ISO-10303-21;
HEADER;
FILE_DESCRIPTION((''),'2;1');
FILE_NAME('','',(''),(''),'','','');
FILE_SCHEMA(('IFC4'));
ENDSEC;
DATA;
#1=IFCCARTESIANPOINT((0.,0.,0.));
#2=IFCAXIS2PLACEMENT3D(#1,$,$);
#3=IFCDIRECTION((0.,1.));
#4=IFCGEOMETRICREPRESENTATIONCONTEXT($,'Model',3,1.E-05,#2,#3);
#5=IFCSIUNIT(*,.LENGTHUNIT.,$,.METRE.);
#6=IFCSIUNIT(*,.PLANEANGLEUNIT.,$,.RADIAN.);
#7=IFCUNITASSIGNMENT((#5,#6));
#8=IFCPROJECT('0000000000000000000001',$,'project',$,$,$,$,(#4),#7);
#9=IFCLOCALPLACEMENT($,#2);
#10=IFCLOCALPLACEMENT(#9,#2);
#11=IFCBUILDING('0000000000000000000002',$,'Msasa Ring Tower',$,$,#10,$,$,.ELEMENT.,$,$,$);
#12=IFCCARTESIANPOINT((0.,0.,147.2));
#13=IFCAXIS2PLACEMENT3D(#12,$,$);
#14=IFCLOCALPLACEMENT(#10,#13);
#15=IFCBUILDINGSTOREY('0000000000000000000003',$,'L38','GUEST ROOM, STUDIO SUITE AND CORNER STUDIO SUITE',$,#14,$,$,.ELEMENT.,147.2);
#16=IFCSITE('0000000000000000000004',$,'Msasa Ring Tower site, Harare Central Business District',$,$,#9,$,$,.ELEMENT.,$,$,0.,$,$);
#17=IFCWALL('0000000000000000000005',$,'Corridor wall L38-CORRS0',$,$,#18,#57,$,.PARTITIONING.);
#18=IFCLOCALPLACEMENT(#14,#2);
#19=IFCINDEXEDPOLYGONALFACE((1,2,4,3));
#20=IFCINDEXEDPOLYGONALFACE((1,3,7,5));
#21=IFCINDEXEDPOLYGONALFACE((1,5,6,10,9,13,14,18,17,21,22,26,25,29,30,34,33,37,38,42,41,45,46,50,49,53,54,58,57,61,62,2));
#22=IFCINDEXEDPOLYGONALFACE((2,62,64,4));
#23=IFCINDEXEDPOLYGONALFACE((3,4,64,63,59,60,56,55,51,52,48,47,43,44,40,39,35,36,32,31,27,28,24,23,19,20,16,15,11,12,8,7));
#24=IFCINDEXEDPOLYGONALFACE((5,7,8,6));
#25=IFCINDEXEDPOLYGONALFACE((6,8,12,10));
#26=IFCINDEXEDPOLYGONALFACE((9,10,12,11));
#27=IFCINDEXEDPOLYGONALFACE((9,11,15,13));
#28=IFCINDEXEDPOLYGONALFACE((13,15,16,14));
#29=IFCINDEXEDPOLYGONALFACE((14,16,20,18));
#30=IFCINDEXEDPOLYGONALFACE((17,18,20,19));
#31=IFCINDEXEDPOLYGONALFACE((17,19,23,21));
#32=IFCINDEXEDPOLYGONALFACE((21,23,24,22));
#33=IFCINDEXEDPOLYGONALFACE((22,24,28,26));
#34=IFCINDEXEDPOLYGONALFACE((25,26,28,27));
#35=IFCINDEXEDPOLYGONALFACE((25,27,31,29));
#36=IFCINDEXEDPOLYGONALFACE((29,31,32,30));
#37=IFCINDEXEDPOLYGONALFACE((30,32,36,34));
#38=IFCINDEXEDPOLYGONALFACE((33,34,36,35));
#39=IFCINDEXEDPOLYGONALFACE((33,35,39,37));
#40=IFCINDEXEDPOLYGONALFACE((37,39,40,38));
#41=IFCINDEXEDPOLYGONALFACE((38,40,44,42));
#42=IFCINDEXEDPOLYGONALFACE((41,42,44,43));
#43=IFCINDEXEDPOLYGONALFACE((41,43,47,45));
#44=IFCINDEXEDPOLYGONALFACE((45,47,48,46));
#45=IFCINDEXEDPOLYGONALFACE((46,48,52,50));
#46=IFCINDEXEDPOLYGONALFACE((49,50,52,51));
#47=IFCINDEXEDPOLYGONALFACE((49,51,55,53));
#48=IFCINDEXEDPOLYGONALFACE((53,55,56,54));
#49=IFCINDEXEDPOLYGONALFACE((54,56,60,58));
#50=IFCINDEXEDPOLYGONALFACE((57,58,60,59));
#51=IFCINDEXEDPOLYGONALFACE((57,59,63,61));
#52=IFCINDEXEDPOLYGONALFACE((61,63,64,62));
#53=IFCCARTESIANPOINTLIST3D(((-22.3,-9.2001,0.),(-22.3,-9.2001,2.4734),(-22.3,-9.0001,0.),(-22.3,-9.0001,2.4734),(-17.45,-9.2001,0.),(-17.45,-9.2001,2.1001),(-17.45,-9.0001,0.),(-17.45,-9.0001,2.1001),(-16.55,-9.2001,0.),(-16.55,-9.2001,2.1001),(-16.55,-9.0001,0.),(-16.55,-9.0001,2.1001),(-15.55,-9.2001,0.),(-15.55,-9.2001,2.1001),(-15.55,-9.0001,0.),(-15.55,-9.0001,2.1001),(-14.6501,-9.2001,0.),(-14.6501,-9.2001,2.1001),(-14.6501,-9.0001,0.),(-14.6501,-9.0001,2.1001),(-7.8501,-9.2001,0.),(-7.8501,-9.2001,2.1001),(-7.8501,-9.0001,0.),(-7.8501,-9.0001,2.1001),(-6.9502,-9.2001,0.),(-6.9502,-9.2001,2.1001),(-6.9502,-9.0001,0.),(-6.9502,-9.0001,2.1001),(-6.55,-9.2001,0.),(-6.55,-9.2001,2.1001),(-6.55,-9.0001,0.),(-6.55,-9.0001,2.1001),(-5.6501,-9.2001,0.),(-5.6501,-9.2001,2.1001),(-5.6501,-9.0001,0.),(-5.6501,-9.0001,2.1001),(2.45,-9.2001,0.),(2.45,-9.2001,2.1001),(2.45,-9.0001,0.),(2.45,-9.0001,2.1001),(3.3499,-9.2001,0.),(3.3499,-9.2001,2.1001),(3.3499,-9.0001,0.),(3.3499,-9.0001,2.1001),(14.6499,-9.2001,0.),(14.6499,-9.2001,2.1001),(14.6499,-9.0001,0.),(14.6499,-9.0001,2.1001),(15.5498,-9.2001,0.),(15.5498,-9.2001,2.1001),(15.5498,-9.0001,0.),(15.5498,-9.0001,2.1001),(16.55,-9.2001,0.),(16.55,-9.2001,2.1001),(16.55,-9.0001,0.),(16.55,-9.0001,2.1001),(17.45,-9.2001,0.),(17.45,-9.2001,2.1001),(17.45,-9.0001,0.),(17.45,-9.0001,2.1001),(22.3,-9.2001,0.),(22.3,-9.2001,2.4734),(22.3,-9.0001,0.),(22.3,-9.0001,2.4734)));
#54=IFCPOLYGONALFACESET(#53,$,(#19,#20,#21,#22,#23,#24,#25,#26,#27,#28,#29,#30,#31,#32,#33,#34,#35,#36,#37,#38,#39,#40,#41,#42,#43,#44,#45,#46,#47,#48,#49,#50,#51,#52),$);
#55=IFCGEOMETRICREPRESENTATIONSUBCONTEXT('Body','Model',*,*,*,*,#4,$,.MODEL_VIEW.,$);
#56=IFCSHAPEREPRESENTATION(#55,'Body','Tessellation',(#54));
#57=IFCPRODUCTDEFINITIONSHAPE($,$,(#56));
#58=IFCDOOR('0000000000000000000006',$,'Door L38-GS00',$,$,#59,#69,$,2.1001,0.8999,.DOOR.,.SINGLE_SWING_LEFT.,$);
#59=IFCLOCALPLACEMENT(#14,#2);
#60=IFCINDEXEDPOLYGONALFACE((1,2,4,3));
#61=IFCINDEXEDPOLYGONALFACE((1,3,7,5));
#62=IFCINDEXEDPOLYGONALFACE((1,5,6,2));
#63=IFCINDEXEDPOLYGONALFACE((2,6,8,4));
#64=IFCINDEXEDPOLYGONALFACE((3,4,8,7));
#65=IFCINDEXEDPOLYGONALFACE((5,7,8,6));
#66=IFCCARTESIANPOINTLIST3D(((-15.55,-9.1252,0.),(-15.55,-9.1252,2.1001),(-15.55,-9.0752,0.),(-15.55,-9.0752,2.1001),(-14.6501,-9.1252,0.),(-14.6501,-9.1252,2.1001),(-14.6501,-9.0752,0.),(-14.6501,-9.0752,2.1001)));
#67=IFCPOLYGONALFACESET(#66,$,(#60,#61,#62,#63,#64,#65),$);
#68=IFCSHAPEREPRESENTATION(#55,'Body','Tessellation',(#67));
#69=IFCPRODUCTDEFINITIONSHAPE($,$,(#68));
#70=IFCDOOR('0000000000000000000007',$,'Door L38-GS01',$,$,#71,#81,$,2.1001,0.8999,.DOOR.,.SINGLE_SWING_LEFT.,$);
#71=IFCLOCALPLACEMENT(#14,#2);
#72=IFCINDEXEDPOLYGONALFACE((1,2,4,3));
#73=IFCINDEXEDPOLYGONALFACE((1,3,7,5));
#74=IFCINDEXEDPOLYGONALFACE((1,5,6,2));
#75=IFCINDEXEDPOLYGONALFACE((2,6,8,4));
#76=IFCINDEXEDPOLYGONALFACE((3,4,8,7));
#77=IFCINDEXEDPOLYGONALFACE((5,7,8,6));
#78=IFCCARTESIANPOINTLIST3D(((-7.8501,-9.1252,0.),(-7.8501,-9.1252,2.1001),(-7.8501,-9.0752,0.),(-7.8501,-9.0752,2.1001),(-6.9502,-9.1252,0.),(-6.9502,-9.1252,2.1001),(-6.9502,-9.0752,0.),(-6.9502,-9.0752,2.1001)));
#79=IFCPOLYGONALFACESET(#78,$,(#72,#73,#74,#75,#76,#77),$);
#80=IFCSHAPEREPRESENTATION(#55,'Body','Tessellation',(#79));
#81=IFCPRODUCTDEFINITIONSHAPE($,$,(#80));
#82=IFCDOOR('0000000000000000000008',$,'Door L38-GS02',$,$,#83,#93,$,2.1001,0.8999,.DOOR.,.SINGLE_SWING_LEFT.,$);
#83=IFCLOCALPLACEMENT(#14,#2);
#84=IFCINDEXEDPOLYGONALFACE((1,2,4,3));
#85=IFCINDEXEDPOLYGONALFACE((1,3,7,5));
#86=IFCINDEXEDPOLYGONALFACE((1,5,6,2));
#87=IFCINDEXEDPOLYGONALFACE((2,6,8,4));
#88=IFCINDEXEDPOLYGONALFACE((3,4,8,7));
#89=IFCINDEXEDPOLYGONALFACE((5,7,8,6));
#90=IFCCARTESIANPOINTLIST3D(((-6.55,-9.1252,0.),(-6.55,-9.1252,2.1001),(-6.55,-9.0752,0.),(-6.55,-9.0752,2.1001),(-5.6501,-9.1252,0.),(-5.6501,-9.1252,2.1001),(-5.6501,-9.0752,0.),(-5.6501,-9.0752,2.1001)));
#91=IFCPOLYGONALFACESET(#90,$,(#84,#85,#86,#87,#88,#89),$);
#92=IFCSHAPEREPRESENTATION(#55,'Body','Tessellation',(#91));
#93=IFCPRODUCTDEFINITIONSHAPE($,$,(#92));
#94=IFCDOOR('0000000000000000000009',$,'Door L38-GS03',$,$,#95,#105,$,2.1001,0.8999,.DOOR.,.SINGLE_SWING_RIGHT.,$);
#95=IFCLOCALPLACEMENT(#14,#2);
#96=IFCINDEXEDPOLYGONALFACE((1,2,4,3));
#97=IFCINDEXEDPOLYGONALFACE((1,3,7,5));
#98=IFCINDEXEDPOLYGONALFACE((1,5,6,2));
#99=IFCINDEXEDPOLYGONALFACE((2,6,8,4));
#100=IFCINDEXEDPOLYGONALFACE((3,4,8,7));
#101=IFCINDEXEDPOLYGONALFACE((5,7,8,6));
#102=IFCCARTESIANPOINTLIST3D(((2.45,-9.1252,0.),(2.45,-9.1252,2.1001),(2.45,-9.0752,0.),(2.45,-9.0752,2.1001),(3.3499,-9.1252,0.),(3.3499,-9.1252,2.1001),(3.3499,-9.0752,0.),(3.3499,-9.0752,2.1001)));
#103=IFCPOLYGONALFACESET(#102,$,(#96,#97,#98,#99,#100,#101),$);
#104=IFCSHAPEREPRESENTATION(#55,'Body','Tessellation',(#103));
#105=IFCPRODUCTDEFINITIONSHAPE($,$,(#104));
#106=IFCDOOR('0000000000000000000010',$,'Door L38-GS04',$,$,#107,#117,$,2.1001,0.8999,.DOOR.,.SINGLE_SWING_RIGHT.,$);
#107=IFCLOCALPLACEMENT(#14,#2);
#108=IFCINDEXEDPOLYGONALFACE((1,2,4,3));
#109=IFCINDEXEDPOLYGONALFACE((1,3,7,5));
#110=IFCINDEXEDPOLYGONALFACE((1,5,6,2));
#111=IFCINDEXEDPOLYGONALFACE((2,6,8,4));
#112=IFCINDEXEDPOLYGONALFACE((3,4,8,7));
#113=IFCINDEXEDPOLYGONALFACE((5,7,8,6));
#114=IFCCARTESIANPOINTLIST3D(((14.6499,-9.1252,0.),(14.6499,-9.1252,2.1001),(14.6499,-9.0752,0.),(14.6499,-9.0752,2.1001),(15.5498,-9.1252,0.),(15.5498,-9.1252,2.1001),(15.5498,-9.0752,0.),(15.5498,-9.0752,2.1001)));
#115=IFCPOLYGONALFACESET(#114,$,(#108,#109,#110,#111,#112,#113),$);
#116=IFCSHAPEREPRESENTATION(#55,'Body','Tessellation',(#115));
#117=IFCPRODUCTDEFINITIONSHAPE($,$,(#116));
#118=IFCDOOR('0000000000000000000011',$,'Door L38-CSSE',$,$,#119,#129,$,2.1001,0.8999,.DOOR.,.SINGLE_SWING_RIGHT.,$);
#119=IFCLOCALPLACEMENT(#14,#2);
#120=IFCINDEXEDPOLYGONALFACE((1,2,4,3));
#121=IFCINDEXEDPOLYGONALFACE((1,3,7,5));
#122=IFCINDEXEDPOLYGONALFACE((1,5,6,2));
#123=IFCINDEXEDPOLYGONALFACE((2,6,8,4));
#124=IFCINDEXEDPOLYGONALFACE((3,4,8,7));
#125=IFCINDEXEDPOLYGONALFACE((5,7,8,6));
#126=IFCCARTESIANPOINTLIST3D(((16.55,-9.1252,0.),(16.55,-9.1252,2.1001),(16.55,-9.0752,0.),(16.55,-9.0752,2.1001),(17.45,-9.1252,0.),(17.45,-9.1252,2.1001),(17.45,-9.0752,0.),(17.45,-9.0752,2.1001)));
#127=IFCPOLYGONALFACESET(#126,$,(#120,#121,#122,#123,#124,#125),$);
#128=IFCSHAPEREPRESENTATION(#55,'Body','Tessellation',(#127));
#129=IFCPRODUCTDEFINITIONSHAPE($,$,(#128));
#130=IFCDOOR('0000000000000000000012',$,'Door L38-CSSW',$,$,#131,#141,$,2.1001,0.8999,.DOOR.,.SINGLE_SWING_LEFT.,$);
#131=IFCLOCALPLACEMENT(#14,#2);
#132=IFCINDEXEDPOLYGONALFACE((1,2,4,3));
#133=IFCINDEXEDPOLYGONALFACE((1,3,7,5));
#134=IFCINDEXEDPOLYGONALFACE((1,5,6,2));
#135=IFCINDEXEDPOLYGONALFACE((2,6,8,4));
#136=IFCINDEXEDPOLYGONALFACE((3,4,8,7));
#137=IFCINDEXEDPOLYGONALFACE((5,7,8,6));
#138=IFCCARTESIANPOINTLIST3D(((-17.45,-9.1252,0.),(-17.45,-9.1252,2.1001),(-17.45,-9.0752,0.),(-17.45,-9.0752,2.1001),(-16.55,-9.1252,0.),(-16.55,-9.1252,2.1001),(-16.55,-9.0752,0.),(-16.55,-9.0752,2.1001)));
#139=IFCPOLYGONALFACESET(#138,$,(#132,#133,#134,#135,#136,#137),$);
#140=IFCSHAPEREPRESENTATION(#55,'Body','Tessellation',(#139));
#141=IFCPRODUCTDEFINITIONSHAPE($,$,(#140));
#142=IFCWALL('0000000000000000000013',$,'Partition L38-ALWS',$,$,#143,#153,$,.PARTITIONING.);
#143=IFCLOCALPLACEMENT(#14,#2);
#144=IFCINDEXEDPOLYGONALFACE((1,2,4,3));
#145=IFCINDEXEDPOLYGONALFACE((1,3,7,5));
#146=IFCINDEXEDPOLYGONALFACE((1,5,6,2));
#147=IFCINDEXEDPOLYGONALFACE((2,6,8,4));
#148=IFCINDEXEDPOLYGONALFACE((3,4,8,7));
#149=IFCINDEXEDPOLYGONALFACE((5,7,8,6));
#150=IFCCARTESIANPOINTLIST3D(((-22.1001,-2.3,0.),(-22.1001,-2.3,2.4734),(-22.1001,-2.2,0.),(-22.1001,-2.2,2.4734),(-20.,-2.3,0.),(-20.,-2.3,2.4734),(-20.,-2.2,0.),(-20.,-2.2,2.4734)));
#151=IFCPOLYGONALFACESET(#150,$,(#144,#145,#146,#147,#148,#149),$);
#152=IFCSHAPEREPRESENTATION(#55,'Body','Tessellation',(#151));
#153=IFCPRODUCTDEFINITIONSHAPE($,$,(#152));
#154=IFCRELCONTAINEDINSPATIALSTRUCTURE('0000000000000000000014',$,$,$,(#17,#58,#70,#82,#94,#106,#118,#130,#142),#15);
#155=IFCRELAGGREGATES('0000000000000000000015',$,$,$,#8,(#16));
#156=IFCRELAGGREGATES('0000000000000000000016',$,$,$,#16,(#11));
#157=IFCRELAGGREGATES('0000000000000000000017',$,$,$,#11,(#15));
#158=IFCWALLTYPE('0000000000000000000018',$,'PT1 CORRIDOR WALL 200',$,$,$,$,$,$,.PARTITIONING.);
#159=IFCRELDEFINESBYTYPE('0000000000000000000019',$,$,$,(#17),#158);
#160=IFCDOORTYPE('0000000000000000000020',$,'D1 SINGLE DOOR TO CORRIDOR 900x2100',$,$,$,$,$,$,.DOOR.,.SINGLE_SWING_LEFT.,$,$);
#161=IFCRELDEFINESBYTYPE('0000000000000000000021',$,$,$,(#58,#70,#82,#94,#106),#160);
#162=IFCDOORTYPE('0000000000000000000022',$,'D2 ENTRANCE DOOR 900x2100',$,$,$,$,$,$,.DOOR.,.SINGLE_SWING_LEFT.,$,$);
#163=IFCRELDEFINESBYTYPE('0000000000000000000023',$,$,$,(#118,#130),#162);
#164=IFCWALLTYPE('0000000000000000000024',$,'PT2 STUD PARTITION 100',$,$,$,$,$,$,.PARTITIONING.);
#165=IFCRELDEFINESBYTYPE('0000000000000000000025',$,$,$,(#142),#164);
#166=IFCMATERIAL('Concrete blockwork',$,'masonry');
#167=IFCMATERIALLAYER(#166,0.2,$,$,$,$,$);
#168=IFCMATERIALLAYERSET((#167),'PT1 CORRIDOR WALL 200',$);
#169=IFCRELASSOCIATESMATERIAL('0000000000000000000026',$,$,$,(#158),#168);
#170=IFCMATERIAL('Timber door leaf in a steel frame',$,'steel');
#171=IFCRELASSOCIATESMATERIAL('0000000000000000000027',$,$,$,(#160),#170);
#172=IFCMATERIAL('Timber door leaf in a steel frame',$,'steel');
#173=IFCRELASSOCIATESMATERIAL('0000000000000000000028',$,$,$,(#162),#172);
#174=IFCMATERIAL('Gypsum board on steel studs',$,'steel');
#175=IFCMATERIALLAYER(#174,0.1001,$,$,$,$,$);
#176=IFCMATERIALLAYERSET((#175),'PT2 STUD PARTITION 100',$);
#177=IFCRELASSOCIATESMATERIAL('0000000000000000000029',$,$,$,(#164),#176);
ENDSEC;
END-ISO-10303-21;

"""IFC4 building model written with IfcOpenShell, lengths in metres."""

from ifc_helpers import new_model, si_unit, direction, frame, frame_2d, origin, place, context, subcontext, project, spatial, rectangle, extrude, material, layer, layer_set, type_object, element, fill, save


model = new_model("IFC4")

# Units and contexts
model_context = context("Model", 3, precision=1e-05, world=origin(), true_north=direction((0.0, 1.0)))
body_context = subcontext(model_context, "Body", "Model", "MODEL_VIEW")
ifc_project = project(units=[si_unit("LENGTHUNIT", "METRE"), si_unit("PLANEANGLEUNIT", "RADIAN")], contexts=[model_context])

# Site, building, storey
site_placement = place(None, origin())
site = spatial("IfcSite", under=ifc_project, at=site_placement, Name="Msasa Ring Tower site, Harare Central Business District", CompositionType="ELEMENT", RefElevation=0.0)
building_placement = place(site_placement, origin())
building = spatial("IfcBuilding", under=site, at=building_placement, Name="Msasa Ring Tower", CompositionType="ELEMENT")
storey_placement = place(building_placement, frame((0.0, 0.0, 147.2)))
storey = spatial("IfcBuildingStorey", under=building, at=storey_placement, Name="L38", Description="GUEST ROOM, STUDIO SUITE AND CORNER STUDIO SUITE", CompositionType="ELEMENT", Elevation=147.2)

# Wall, openings, doors
ifc_material_1 = material(Name="Concrete blockwork", Category="masonry")
ifc_layer_1 = layer(ifc_material_1, 0.2)
ifc_layer_set_1 = layer_set([ifc_layer_1], Name="PT1 CORRIDOR WALL 200")
wall_type_1 = type_object("IfcWallType", Name="PT1 CORRIDOR WALL 200", PredefinedType="PARTITIONING", material=ifc_layer_set_1)
wall_1_placement = place(storey_placement, frame((-22.3, -9.1001, 0.0), z_axis=(0.0, 0.0, 1.0), x_axis=(1.0, 0.0, 0.0)))
wall_1 = element("IfcWall", 1, at=wall_1_placement, inside=storey, type_object=wall_type_1, Name="Corridor wall L38-CORRS0", PredefinedType="PARTITIONING", context=body_context, shape_type="SweptSolid", body=[
    extrude(rectangle(XDim=44.6001, YDim=0.2, at=frame_2d((22.3, 0.0))), origin(), (0.0, 0.0, 1.0), 2.4734),
])
opening_1_placement = place(wall_1_placement, frame((6.75, 0.0, 0.0)))
opening_1 = element("IfcOpeningElement", 2, at=opening_1_placement, cuts=wall_1, PredefinedType="OPENING", context=body_context, shape_type="SweptSolid", body=[
    extrude(rectangle(XDim=0.8999, YDim=2.1001, at=frame_2d((0.45, 1.05))), frame((0.0, 0.1099, 0.0), z_axis=(0.0, -1.0, 0.0), x_axis=(1.0, 0.0, 0.0)), (0.0, 0.0, 1.0), 0.22),
])
opening_2_placement = place(wall_1_placement, frame((14.45, 0.0, 0.0)))
opening_2 = element("IfcOpeningElement", 3, at=opening_2_placement, cuts=wall_1, PredefinedType="OPENING", context=body_context, shape_type="SweptSolid", body=[
    extrude(rectangle(XDim=0.8999, YDim=2.1001, at=frame_2d((0.45, 1.05))), frame((0.0, 0.1099, 0.0), z_axis=(0.0, -1.0, 0.0), x_axis=(1.0, 0.0, 0.0)), (0.0, 0.0, 1.0), 0.22),
])
opening_3_placement = place(wall_1_placement, frame((15.75, 0.0, 0.0)))
opening_3 = element("IfcOpeningElement", 4, at=opening_3_placement, cuts=wall_1, PredefinedType="OPENING", context=body_context, shape_type="SweptSolid", body=[
    extrude(rectangle(XDim=0.8999, YDim=2.1001, at=frame_2d((0.45, 1.05))), frame((0.0, 0.1099, 0.0), z_axis=(0.0, -1.0, 0.0), x_axis=(1.0, 0.0, 0.0)), (0.0, 0.0, 1.0), 0.22),
])
opening_4_placement = place(wall_1_placement, frame((24.75, 0.0, 0.0)))
opening_4 = element("IfcOpeningElement", 5, at=opening_4_placement, cuts=wall_1, PredefinedType="OPENING", context=body_context, shape_type="SweptSolid", body=[
    extrude(rectangle(XDim=0.8999, YDim=2.1001, at=frame_2d((0.45, 1.05))), frame((0.0, 0.1099, 0.0), z_axis=(0.0, -1.0, 0.0), x_axis=(1.0, 0.0, 0.0)), (0.0, 0.0, 1.0), 0.22),
])
opening_5_placement = place(wall_1_placement, frame((36.95, 0.0, 0.0)))
opening_5 = element("IfcOpeningElement", 6, at=opening_5_placement, cuts=wall_1, PredefinedType="OPENING", context=body_context, shape_type="SweptSolid", body=[
    extrude(rectangle(XDim=0.8999, YDim=2.1001, at=frame_2d((0.45, 1.05))), frame((0.0, 0.1099, 0.0), z_axis=(0.0, -1.0, 0.0), x_axis=(1.0, 0.0, 0.0)), (0.0, 0.0, 1.0), 0.22),
])
opening_6_placement = place(wall_1_placement, frame((38.8501, 0.0, 0.0)))
opening_6 = element("IfcOpeningElement", 7, at=opening_6_placement, cuts=wall_1, PredefinedType="OPENING", context=body_context, shape_type="SweptSolid", body=[
    extrude(rectangle(XDim=0.8999, YDim=2.1001, at=frame_2d((0.45, 1.05))), frame((0.0, 0.1099, 0.0), z_axis=(0.0, -1.0, 0.0), x_axis=(1.0, 0.0, 0.0)), (0.0, 0.0, 1.0), 0.22),
])
opening_7_placement = place(wall_1_placement, frame((4.8501, 0.0, 0.0)))
opening_7 = element("IfcOpeningElement", 8, at=opening_7_placement, cuts=wall_1, PredefinedType="OPENING", context=body_context, shape_type="SweptSolid", body=[
    extrude(rectangle(XDim=0.8999, YDim=2.1001, at=frame_2d((0.45, 1.05))), frame((0.0, 0.1099, 0.0), z_axis=(0.0, -1.0, 0.0), x_axis=(1.0, 0.0, 0.0)), (0.0, 0.0, 1.0), 0.22),
])
ifc_material_2 = material(Name="Timber door leaf in a steel frame", Category="steel")
door_type_1 = type_object("IfcDoorType", Name="D1 SINGLE DOOR TO CORRIDOR 900x2100", OperationType="SINGLE_SWING_LEFT", PredefinedType="DOOR", material=ifc_material_2)
door_1_placement = place(opening_1_placement, origin())
door_1 = element("IfcDoor", 9, at=door_1_placement, inside=storey, type_object=door_type_1, Name="Door L38-GS00", OperationType="SINGLE_SWING_LEFT", OverallHeight=2.1001, OverallWidth=0.8999, PredefinedType="DOOR", context=body_context, shape_type="SweptSolid", body=[
    extrude(rectangle(XDim=0.8999, YDim=2.1001, at=frame_2d((0.45, 1.05))), frame((0.0, 0.0249, 0.0), z_axis=(0.0, -1.0, 0.0), x_axis=(1.0, 0.0, 0.0)), (0.0, 0.0, 1.0), 0.05),
])
fill(opening_1, door_1)
door_2_placement = place(opening_2_placement, origin())
door_2 = element("IfcDoor", 10, at=door_2_placement, inside=storey, type_object=door_type_1, Name="Door L38-GS01", OperationType="SINGLE_SWING_LEFT", OverallHeight=2.1001, OverallWidth=0.8999, PredefinedType="DOOR", context=body_context, shape_type="SweptSolid", body=[
    extrude(rectangle(XDim=0.8999, YDim=2.1001, at=frame_2d((0.45, 1.05))), frame((0.0, 0.0249, 0.0), z_axis=(0.0, -1.0, 0.0), x_axis=(1.0, 0.0, 0.0)), (0.0, 0.0, 1.0), 0.05),
])
fill(opening_2, door_2)
door_3_placement = place(opening_3_placement, origin())
door_3 = element("IfcDoor", 11, at=door_3_placement, inside=storey, type_object=door_type_1, Name="Door L38-GS02", OperationType="SINGLE_SWING_LEFT", OverallHeight=2.1001, OverallWidth=0.8999, PredefinedType="DOOR", context=body_context, shape_type="SweptSolid", body=[
    extrude(rectangle(XDim=0.8999, YDim=2.1001, at=frame_2d((0.45, 1.05))), frame((0.0, 0.0249, 0.0), z_axis=(0.0, -1.0, 0.0), x_axis=(1.0, 0.0, 0.0)), (0.0, 0.0, 1.0), 0.05),
])
fill(opening_3, door_3)
door_4_placement = place(opening_4_placement, origin())
door_4 = element("IfcDoor", 12, at=door_4_placement, inside=storey, type_object=door_type_1, Name="Door L38-GS03", OperationType="SINGLE_SWING_RIGHT", OverallHeight=2.1001, OverallWidth=0.8999, PredefinedType="DOOR", context=body_context, shape_type="SweptSolid", body=[
    extrude(rectangle(XDim=0.8999, YDim=2.1001, at=frame_2d((0.45, 1.05))), frame((0.0, 0.0249, 0.0), z_axis=(0.0, -1.0, 0.0), x_axis=(1.0, 0.0, 0.0)), (0.0, 0.0, 1.0), 0.05),
])
fill(opening_4, door_4)
door_5_placement = place(opening_5_placement, origin())
door_5 = element("IfcDoor", 13, at=door_5_placement, inside=storey, type_object=door_type_1, Name="Door L38-GS04", OperationType="SINGLE_SWING_RIGHT", OverallHeight=2.1001, OverallWidth=0.8999, PredefinedType="DOOR", context=body_context, shape_type="SweptSolid", body=[
    extrude(rectangle(XDim=0.8999, YDim=2.1001, at=frame_2d((0.45, 1.05))), frame((0.0, 0.0249, 0.0), z_axis=(0.0, -1.0, 0.0), x_axis=(1.0, 0.0, 0.0)), (0.0, 0.0, 1.0), 0.05),
])
fill(opening_5, door_5)
ifc_material_3 = material(Name="Timber door leaf in a steel frame", Category="steel")
door_type_2 = type_object("IfcDoorType", Name="D2 ENTRANCE DOOR 900x2100", OperationType="SINGLE_SWING_LEFT", PredefinedType="DOOR", material=ifc_material_3)
door_6_placement = place(opening_6_placement, origin())
door_6 = element("IfcDoor", 14, at=door_6_placement, inside=storey, type_object=door_type_2, Name="Door L38-CSSE", OperationType="SINGLE_SWING_RIGHT", OverallHeight=2.1001, OverallWidth=0.8999, PredefinedType="DOOR", context=body_context, shape_type="SweptSolid", body=[
    extrude(rectangle(XDim=0.8999, YDim=2.1001, at=frame_2d((0.45, 1.05))), frame((0.0, 0.0249, 0.0), z_axis=(0.0, -1.0, 0.0), x_axis=(1.0, 0.0, 0.0)), (0.0, 0.0, 1.0), 0.05),
])
fill(opening_6, door_6)
door_7_placement = place(opening_7_placement, origin())
door_7 = element("IfcDoor", 15, at=door_7_placement, inside=storey, type_object=door_type_2, Name="Door L38-CSSW", OperationType="SINGLE_SWING_LEFT", OverallHeight=2.1001, OverallWidth=0.8999, PredefinedType="DOOR", context=body_context, shape_type="SweptSolid", body=[
    extrude(rectangle(XDim=0.8999, YDim=2.1001, at=frame_2d((0.45, 1.05))), frame((0.0, 0.0249, 0.0), z_axis=(0.0, -1.0, 0.0), x_axis=(1.0, 0.0, 0.0)), (0.0, 0.0, 1.0), 0.05),
])
fill(opening_7, door_7)

# Wall
ifc_material_4 = material(Name="Gypsum board on steel studs", Category="steel")
ifc_layer_2 = layer(ifc_material_4, 0.1001)
ifc_layer_set_2 = layer_set([ifc_layer_2], Name="PT2 STUD PARTITION 100")
wall_type_2 = type_object("IfcWallType", Name="PT2 STUD PARTITION 100", PredefinedType="PARTITIONING", material=ifc_layer_set_2)
wall_2_placement = place(storey_placement, frame((-22.1001, -2.25, 0.0), z_axis=(0.0, 0.0, 1.0), x_axis=(1.0, 0.0, 0.0)))
element("IfcWall", 16, at=wall_2_placement, inside=storey, type_object=wall_type_2, Name="Partition L38-ALWS", PredefinedType="PARTITIONING", context=body_context, shape_type="SweptSolid", body=[
    extrude(rectangle(XDim=2.1001, YDim=0.1001, at=frame_2d((1.05, 0.0))), origin(), (0.0, 0.0, 1.0), 2.4734),
])

save(model, "model.ifc")
